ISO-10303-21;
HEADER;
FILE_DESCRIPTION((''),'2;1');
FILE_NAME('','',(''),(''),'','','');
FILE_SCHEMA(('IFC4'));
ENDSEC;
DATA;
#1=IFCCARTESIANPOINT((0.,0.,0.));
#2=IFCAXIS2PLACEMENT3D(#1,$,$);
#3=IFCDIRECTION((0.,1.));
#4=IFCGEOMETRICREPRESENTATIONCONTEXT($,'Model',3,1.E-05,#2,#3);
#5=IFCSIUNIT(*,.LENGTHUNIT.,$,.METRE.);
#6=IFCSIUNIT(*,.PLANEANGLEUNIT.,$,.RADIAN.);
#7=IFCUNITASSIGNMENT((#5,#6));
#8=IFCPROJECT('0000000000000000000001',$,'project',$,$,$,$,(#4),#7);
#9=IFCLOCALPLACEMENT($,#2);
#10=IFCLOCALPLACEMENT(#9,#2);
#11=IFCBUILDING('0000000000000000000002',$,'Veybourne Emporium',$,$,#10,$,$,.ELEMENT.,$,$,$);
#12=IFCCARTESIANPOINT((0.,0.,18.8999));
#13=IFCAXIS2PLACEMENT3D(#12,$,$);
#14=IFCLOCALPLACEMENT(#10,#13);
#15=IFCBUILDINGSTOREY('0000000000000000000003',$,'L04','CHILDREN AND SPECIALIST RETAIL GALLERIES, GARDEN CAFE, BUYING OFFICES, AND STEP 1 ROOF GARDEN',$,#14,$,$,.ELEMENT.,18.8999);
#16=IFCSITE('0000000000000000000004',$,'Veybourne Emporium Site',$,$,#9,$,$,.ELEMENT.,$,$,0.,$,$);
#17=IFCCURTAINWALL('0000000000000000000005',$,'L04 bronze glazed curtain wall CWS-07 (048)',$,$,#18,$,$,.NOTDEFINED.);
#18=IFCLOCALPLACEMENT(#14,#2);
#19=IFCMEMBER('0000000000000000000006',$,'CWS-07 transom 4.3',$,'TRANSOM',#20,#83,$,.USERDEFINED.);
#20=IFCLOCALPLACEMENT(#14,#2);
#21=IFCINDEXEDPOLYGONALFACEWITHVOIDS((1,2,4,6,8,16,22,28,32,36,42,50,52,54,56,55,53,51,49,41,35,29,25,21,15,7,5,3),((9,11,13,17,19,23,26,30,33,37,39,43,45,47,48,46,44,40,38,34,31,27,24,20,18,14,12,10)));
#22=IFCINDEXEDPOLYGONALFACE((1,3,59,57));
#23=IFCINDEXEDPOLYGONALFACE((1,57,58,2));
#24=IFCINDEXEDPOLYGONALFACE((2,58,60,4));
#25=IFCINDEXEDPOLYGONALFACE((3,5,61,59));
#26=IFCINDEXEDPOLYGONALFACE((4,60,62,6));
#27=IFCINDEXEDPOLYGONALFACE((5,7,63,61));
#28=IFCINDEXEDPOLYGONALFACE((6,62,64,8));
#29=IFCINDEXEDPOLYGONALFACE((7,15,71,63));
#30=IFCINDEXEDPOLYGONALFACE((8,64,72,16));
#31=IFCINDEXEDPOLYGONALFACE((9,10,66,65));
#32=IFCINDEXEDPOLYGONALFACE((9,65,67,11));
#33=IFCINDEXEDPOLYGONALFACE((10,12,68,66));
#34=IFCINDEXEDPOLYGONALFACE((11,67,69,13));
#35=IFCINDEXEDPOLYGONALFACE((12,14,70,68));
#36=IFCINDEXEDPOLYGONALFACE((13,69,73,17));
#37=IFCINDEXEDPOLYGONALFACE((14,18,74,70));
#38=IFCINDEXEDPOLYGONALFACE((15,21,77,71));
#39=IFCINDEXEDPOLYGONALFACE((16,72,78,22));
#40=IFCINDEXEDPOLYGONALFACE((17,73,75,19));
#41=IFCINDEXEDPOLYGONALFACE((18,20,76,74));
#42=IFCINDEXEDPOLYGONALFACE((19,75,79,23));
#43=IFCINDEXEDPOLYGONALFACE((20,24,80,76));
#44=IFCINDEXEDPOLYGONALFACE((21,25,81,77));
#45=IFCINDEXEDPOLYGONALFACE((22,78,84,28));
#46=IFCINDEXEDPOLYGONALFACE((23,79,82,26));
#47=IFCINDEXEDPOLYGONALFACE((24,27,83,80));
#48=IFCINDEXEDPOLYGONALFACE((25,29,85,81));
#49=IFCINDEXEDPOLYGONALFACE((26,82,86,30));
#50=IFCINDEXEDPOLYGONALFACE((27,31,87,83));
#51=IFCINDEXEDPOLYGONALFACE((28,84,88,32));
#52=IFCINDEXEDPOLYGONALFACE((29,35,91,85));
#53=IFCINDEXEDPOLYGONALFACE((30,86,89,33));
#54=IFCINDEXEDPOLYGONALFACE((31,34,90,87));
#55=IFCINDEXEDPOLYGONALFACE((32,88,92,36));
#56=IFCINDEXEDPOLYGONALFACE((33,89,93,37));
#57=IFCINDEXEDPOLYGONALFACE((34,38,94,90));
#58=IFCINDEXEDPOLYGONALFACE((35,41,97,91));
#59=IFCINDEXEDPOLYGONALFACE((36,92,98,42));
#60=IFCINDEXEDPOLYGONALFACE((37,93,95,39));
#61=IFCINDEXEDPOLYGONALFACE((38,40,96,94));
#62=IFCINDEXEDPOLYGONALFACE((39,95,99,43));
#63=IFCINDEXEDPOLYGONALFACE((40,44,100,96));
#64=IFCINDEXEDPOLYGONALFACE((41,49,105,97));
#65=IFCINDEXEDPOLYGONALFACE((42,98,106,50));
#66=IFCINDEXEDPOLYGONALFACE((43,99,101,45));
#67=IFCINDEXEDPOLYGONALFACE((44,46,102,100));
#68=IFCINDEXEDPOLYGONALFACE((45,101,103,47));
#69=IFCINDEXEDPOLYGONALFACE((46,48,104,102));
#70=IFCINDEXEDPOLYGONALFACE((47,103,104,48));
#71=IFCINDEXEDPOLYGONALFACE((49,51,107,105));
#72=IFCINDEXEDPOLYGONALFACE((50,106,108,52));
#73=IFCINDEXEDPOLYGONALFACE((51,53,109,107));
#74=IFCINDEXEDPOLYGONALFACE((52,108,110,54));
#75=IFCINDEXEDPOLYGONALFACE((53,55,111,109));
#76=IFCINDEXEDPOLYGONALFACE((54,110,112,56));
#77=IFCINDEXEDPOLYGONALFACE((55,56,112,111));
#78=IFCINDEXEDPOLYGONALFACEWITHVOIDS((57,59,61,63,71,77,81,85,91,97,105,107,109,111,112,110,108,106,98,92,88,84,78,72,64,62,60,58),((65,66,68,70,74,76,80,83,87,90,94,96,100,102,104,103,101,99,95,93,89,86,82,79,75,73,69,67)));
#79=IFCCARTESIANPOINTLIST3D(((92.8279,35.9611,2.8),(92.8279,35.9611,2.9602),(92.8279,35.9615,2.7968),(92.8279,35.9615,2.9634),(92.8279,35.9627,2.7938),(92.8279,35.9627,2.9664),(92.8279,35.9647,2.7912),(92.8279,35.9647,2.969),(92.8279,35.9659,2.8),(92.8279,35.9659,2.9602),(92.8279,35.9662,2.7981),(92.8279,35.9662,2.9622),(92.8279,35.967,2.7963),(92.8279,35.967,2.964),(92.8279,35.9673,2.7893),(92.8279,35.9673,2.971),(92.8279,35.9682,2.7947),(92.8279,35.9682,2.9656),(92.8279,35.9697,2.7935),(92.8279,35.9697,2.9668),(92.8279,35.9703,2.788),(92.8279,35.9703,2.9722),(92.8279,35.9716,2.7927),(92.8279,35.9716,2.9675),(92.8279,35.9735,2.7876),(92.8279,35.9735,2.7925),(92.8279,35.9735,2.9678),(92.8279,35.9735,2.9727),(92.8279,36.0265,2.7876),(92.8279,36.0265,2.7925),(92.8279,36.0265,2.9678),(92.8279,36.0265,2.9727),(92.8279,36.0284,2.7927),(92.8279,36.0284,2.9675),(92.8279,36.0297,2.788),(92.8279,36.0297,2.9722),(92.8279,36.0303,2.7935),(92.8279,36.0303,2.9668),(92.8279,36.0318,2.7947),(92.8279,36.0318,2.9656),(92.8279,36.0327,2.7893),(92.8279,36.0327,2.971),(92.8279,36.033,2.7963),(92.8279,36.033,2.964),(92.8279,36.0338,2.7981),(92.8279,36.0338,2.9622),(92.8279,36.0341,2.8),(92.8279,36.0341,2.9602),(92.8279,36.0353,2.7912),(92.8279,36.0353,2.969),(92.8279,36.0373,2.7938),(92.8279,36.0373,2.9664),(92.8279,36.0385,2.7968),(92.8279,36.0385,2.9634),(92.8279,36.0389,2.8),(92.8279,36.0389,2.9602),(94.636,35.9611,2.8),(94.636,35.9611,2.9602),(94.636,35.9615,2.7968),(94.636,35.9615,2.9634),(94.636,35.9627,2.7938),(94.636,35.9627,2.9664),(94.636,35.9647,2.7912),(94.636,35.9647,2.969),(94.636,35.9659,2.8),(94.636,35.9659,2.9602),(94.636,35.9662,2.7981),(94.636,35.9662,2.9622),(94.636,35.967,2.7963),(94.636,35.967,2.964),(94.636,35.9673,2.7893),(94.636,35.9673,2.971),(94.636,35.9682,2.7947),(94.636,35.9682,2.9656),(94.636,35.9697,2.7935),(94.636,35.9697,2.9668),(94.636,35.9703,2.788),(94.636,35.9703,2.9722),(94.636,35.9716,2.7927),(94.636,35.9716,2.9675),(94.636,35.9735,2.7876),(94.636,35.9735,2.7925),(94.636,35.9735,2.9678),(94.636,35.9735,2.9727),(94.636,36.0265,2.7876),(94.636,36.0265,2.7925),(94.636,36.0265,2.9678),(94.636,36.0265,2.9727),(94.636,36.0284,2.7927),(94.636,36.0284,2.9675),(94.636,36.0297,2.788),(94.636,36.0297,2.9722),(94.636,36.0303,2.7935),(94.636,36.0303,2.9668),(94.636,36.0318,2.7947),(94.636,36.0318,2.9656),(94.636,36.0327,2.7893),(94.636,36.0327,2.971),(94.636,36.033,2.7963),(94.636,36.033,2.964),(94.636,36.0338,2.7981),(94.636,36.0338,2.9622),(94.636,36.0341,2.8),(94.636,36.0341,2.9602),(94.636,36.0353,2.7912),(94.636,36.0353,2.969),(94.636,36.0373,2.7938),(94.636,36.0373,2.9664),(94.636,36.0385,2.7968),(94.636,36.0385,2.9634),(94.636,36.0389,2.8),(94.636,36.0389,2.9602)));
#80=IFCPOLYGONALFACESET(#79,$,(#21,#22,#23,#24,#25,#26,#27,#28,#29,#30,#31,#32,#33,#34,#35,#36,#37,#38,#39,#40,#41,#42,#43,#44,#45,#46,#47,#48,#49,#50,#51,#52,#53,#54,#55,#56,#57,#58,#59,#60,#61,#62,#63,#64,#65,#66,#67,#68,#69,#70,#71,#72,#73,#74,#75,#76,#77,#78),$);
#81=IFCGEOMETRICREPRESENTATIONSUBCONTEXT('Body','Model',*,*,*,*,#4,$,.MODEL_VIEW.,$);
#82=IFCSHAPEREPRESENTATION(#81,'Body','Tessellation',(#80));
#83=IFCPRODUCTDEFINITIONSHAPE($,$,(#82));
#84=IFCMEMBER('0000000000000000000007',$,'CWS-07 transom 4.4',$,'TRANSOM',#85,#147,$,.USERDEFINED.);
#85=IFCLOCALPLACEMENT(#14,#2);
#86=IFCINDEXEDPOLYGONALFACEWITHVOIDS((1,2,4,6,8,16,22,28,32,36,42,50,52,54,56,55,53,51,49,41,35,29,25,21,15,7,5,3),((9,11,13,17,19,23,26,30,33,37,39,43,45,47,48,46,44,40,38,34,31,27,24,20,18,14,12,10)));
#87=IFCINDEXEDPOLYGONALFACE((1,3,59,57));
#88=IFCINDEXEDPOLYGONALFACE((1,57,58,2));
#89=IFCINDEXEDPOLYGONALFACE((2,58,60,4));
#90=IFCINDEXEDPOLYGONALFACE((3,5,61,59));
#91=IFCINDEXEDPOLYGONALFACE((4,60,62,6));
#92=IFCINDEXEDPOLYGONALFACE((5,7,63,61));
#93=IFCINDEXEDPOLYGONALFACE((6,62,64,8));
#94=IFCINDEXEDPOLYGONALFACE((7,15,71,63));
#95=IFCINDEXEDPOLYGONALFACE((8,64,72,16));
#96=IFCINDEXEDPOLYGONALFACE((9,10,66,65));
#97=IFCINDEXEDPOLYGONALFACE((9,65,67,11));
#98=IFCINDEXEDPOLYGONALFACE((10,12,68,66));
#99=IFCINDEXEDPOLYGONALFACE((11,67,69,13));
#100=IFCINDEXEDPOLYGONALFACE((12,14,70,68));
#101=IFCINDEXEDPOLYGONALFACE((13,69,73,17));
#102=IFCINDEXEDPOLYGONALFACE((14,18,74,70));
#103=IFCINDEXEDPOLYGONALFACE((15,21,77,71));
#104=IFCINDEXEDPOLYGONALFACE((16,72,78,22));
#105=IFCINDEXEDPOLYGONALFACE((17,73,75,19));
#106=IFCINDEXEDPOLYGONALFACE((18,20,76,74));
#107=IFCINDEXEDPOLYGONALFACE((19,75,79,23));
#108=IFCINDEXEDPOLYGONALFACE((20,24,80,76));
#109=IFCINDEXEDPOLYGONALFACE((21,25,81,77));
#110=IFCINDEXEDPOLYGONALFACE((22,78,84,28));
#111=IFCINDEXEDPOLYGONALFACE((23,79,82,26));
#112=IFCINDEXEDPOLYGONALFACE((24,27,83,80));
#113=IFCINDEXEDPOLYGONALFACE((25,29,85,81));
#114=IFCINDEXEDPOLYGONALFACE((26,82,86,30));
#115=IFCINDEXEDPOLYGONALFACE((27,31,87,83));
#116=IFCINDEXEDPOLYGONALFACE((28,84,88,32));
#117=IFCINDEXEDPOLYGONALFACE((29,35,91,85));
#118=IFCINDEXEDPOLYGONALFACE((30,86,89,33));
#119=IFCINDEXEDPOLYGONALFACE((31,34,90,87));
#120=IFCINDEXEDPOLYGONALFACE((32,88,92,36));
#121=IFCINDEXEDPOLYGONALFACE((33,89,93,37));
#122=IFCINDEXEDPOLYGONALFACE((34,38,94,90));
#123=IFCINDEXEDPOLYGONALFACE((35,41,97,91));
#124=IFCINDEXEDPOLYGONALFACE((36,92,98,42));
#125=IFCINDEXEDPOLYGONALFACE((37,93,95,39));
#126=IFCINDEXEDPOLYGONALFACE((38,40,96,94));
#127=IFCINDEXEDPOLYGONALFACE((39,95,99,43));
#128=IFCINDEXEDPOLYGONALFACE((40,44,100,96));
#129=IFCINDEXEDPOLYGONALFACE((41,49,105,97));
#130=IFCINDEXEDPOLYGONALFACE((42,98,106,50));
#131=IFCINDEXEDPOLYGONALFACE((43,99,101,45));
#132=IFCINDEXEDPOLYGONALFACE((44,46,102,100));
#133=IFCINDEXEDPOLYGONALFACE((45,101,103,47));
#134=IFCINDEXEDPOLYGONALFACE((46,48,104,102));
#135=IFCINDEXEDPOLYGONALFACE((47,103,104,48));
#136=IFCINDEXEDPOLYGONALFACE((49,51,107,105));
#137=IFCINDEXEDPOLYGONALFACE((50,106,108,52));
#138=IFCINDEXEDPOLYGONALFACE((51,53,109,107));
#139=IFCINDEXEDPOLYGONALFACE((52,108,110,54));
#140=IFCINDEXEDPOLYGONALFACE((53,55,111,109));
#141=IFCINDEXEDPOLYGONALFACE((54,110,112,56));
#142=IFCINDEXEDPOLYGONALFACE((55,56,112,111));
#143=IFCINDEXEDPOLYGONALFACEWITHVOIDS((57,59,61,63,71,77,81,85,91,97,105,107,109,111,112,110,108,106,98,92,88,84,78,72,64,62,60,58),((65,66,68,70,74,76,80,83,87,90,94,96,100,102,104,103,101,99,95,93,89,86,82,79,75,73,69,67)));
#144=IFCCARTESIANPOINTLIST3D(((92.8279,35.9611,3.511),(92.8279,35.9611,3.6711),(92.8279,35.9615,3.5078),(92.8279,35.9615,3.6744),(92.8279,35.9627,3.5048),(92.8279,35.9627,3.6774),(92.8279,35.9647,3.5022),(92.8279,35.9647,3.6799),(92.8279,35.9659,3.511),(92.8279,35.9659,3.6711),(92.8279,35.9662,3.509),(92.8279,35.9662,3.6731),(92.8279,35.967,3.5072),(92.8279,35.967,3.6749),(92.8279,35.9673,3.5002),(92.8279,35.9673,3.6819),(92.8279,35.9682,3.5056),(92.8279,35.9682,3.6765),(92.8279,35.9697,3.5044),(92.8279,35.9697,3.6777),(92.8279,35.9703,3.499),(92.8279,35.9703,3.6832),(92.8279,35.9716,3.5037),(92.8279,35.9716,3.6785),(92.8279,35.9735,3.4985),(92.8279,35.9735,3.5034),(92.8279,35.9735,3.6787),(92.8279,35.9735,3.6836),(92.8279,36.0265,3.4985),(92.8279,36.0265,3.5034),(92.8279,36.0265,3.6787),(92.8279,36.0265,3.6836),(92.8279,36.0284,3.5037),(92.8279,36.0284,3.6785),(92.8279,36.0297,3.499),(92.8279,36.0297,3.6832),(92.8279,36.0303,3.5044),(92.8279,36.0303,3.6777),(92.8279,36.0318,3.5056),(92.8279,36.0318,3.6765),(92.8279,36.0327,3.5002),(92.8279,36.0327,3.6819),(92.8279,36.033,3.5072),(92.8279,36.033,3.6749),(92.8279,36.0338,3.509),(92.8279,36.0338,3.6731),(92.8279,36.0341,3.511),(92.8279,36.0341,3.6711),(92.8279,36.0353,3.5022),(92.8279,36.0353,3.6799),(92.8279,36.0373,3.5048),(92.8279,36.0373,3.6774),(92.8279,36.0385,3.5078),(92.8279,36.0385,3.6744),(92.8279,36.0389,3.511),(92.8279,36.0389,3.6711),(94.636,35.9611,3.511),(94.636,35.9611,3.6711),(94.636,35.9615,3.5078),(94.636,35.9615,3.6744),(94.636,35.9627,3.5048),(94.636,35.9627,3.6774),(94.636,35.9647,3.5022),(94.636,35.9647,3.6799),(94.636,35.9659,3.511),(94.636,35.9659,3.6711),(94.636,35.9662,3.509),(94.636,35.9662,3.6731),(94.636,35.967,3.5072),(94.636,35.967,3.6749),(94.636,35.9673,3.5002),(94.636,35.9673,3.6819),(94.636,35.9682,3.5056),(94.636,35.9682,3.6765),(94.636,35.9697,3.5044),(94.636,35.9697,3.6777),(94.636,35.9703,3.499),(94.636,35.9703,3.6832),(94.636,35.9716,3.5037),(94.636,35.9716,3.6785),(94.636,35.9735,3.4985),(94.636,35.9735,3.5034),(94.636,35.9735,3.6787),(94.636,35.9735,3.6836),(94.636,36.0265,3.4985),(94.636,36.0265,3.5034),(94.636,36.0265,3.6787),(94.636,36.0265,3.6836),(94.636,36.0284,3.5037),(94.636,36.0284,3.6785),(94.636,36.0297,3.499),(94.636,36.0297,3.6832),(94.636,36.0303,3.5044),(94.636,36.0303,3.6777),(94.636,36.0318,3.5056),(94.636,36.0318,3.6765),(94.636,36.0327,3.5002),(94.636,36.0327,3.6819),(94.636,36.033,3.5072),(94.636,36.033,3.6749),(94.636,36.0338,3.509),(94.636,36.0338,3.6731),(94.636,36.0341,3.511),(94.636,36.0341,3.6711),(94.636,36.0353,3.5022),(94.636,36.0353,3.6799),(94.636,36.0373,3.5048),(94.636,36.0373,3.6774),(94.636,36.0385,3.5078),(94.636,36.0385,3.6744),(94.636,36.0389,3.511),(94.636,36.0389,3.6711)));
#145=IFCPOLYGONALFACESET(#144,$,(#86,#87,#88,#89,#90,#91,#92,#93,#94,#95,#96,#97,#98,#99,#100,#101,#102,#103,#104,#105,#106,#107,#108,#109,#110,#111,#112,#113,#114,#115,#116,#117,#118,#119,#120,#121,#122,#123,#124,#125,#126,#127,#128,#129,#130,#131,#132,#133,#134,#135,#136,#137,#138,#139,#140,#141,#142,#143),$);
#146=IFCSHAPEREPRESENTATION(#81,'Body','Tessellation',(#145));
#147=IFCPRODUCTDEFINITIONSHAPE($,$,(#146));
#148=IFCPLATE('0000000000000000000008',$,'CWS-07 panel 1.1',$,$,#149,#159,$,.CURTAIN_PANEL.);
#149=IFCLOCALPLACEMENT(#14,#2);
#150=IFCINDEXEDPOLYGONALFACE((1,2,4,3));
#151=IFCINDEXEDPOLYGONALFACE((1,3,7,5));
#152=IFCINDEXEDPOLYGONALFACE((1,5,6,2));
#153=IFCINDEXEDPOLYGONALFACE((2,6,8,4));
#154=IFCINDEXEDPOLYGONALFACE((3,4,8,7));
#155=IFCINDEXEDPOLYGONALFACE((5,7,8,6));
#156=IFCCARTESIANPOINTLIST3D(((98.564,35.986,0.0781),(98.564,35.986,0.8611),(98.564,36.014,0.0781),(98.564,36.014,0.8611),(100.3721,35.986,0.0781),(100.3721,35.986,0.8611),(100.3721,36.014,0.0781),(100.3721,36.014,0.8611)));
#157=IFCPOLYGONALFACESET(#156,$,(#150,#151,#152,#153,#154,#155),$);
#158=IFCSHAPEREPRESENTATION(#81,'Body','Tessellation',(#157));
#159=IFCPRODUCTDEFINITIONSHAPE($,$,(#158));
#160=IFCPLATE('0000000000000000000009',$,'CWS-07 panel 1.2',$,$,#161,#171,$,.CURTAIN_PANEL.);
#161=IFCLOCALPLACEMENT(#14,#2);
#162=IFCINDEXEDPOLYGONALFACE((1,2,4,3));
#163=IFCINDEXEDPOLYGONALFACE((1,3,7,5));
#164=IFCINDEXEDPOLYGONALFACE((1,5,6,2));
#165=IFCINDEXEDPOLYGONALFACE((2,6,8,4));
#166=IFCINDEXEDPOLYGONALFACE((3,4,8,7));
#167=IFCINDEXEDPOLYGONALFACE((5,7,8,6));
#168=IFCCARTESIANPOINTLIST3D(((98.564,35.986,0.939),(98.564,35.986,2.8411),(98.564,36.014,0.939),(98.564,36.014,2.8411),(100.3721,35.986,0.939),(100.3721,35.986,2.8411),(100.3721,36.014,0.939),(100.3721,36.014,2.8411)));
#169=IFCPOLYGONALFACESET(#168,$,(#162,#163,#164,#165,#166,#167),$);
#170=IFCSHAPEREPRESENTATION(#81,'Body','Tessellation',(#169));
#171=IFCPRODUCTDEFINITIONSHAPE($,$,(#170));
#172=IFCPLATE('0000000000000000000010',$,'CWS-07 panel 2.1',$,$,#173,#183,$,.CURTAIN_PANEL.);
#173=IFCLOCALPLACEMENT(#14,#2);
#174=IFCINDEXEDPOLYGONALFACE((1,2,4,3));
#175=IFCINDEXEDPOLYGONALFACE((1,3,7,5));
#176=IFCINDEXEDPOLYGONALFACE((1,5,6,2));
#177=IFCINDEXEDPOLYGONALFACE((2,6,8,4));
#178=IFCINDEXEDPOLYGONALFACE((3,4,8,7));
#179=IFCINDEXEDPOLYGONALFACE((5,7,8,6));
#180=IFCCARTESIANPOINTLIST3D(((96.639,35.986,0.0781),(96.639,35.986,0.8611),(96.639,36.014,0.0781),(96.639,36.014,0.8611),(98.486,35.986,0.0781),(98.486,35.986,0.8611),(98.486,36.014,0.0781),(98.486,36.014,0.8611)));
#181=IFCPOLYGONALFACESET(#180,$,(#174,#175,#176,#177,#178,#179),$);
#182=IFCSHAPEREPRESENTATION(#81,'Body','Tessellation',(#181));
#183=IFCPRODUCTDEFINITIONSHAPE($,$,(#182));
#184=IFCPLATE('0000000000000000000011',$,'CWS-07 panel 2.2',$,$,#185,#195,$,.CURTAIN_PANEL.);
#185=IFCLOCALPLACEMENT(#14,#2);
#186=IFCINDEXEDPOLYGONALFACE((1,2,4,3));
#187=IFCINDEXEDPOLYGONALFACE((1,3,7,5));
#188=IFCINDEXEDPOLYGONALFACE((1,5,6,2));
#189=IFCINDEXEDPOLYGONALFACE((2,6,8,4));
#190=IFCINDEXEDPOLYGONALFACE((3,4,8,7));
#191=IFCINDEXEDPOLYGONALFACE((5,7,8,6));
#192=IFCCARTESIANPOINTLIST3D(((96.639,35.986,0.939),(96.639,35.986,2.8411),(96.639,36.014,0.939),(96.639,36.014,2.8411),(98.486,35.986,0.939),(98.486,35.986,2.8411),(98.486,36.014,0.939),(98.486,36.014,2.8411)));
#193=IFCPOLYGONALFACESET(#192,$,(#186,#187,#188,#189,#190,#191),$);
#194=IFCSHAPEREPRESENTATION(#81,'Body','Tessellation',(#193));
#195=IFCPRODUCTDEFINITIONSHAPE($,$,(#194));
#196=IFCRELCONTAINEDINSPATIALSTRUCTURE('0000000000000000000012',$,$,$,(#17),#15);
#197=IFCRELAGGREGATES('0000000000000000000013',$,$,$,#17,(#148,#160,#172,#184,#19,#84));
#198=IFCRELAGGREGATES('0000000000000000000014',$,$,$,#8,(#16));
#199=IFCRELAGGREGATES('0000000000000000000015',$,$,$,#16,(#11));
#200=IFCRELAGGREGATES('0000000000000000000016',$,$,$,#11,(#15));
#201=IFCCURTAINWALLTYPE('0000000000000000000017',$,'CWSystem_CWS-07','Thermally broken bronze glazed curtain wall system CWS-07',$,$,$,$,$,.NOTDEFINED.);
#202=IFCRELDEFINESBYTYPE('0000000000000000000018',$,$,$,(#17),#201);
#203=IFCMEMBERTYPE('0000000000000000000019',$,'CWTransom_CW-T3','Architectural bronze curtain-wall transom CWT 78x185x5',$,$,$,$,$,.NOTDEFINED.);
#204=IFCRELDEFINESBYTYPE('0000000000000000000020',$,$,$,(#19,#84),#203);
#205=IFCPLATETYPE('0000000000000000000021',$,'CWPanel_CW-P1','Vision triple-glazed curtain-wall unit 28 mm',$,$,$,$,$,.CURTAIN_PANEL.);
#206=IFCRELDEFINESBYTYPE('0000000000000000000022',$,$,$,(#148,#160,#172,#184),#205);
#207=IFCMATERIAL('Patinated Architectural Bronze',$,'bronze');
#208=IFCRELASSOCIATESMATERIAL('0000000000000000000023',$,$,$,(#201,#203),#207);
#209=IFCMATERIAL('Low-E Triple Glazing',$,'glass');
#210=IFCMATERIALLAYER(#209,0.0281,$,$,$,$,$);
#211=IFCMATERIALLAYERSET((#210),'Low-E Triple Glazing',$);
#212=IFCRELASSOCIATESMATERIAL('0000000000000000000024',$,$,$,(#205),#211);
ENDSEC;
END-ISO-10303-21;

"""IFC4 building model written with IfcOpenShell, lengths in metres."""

from ifc_helpers import new_model, si_unit, direction, frame, origin, origin_2d, place, context, subcontext, project, spatial, rectangle, hollow_rectangle, extrude, material, layer, layer_set, material_profile, profile_set, type_object, element, aggregate, save


model = new_model("IFC4")

# Units and contexts
model_context = context("Model", 3, precision=1e-05, world=origin(), true_north=direction((0.0, 1.0)))
body_context = subcontext(model_context, "Body", "Model", "MODEL_VIEW")
ifc_project = project(units=[si_unit("LENGTHUNIT", "METRE"), si_unit("PLANEANGLEUNIT", "RADIAN")], contexts=[model_context])

# Site, building, storey
site_placement = place(None, origin())
site = spatial("IfcSite", under=ifc_project, at=site_placement, Name="Veybourne Emporium Site", CompositionType="ELEMENT", RefElevation=0.0)
building_placement = place(site_placement, origin())
building = spatial("IfcBuilding", under=site, at=building_placement, Name="Veybourne Emporium", CompositionType="ELEMENT")
storey_placement = place(building_placement, frame((0.0, 0.0, 18.8999)))
storey = spatial("IfcBuildingStorey", under=building, at=storey_placement, Name="L04", Description="CHILDREN AND SPECIALIST RETAIL GALLERIES, GARDEN CAFE, BUYING OFFICES, AND STEP 1 ROOF GARDEN", CompositionType="ELEMENT", Elevation=18.8999)

# Curtain wall, members, plates
ifc_material_1 = material(Name="Patinated Architectural Bronze", Category="bronze")
curtain_wall_type = type_object("IfcCurtainWallType", Name="CWSystem_CWS-07", Description="Thermally broken bronze glazed curtain wall system CWS-07", PredefinedType="NOTDEFINED", material=ifc_material_1)
curtain_wall_placement = place(storey_placement, origin())
curtain_wall = element("IfcCurtainWall", 1, at=curtain_wall_placement, inside=storey, type_object=curtain_wall_type, Name="L04 bronze glazed curtain wall CWS-07 (048)", PredefinedType="NOTDEFINED")
ifc_material_profile_1 = material_profile(ifc_material_1, hollow_rectangle(XDim=0.0779, YDim=0.1851, WallThickness=0.0049, InnerFilletRadius=0.0076, OuterFilletRadius=0.0125, at=origin_2d()), Name="CWT 78x185x5")
ifc_profile_set_1 = profile_set([ifc_material_profile_1], Name="Patinated Architectural Bronze")
member_type_1 = type_object("IfcMemberType", Name="CWTransom_CW-T3", Description="Architectural bronze curtain-wall transom CWT 78x185x5", PredefinedType="NOTDEFINED", material=ifc_profile_set_1)
member_1_placement = place(storey_placement, frame((94.636, 36.0, 2.8801), z_axis=(-1.0, 0.0, 0.0), x_axis=(0.0, -1.0, 0.0)))
member_1 = element("IfcMember", 2, at=member_1_placement, type_object=member_type_1, Name="CWS-07 transom 4.3", ObjectType="TRANSOM", PredefinedType="USERDEFINED", context=body_context, shape_type="SweptSolid", body=[
    extrude(hollow_rectangle(XDim=0.0779, YDim=0.1851, WallThickness=0.0049, InnerFilletRadius=0.0076, OuterFilletRadius=0.0125, at=origin_2d()), origin(), (0.0, 0.0, 1.0), 1.8081),
])
member_2_placement = place(storey_placement, frame((94.636, 36.0, 3.5911), z_axis=(-1.0, 0.0, 0.0), x_axis=(0.0, -1.0, 0.0)))
member_2 = element("IfcMember", 3, at=member_2_placement, type_object=member_type_1, Name="CWS-07 transom 4.4", ObjectType="TRANSOM", PredefinedType="USERDEFINED", context=body_context, shape_type="SweptSolid", body=[
    extrude(hollow_rectangle(XDim=0.0779, YDim=0.1851, WallThickness=0.0049, InnerFilletRadius=0.0076, OuterFilletRadius=0.0125, at=origin_2d()), origin(), (0.0, 0.0, 1.0), 1.8081),
])
ifc_material_2 = material(Name="Low-E Triple Glazing", Category="glass")
ifc_layer = layer(ifc_material_2, 0.0281)
ifc_layer_set = layer_set([ifc_layer], Name="Low-E Triple Glazing")
plate_type = type_object("IfcPlateType", Name="CWPanel_CW-P1", Description="Vision triple-glazed curtain-wall unit 28 mm", PredefinedType="CURTAIN_PANEL", material=ifc_layer_set)
plate_1_placement = place(storey_placement, frame((99.468, 36.0, 0.0781), z_axis=(0.0, 0.0, 1.0), x_axis=(-1.0, 0.0, 0.0)))
plate_1 = element("IfcPlate", 4, at=plate_1_placement, type_object=plate_type, Name="CWS-07 panel 1.1", PredefinedType="CURTAIN_PANEL", context=body_context, shape_type="SweptSolid", body=[
    extrude(rectangle(XDim=1.8081, YDim=0.0281, at=origin_2d()), origin(), (0.0, 0.0, 1.0), 0.783),
])
plate_2_placement = place(storey_placement, frame((99.468, 36.0, 0.939), z_axis=(0.0, 0.0, 1.0), x_axis=(-1.0, 0.0, 0.0)))
plate_2 = element("IfcPlate", 5, at=plate_2_placement, type_object=plate_type, Name="CWS-07 panel 1.2", PredefinedType="CURTAIN_PANEL", context=body_context, shape_type="SweptSolid", body=[
    extrude(rectangle(XDim=1.8081, YDim=0.0281, at=origin_2d()), origin(), (0.0, 0.0, 1.0), 1.9021),
])
plate_3_placement = place(storey_placement, frame((97.5625, 36.0, 0.0781), z_axis=(0.0, 0.0, 1.0), x_axis=(-1.0, 0.0, 0.0)))
plate_3 = element("IfcPlate", 6, at=plate_3_placement, type_object=plate_type, Name="CWS-07 panel 2.1", PredefinedType="CURTAIN_PANEL", context=body_context, shape_type="SweptSolid", body=[
    extrude(rectangle(XDim=1.8469, YDim=0.0281, at=origin_2d()), origin(), (0.0, 0.0, 1.0), 0.783),
])
plate_4_placement = place(storey_placement, frame((97.5625, 36.0, 0.939), z_axis=(0.0, 0.0, 1.0), x_axis=(-1.0, 0.0, 0.0)))
plate_4 = element("IfcPlate", 7, at=plate_4_placement, type_object=plate_type, Name="CWS-07 panel 2.2", PredefinedType="CURTAIN_PANEL", context=body_context, shape_type="SweptSolid", body=[
    extrude(rectangle(XDim=1.8469, YDim=0.0281, at=origin_2d()), origin(), (0.0, 0.0, 1.0), 1.9021),
])
aggregate(curtain_wall, [plate_1, plate_2, plate_3, plate_4, member_1, member_2])

save(model, "model.ifc")
